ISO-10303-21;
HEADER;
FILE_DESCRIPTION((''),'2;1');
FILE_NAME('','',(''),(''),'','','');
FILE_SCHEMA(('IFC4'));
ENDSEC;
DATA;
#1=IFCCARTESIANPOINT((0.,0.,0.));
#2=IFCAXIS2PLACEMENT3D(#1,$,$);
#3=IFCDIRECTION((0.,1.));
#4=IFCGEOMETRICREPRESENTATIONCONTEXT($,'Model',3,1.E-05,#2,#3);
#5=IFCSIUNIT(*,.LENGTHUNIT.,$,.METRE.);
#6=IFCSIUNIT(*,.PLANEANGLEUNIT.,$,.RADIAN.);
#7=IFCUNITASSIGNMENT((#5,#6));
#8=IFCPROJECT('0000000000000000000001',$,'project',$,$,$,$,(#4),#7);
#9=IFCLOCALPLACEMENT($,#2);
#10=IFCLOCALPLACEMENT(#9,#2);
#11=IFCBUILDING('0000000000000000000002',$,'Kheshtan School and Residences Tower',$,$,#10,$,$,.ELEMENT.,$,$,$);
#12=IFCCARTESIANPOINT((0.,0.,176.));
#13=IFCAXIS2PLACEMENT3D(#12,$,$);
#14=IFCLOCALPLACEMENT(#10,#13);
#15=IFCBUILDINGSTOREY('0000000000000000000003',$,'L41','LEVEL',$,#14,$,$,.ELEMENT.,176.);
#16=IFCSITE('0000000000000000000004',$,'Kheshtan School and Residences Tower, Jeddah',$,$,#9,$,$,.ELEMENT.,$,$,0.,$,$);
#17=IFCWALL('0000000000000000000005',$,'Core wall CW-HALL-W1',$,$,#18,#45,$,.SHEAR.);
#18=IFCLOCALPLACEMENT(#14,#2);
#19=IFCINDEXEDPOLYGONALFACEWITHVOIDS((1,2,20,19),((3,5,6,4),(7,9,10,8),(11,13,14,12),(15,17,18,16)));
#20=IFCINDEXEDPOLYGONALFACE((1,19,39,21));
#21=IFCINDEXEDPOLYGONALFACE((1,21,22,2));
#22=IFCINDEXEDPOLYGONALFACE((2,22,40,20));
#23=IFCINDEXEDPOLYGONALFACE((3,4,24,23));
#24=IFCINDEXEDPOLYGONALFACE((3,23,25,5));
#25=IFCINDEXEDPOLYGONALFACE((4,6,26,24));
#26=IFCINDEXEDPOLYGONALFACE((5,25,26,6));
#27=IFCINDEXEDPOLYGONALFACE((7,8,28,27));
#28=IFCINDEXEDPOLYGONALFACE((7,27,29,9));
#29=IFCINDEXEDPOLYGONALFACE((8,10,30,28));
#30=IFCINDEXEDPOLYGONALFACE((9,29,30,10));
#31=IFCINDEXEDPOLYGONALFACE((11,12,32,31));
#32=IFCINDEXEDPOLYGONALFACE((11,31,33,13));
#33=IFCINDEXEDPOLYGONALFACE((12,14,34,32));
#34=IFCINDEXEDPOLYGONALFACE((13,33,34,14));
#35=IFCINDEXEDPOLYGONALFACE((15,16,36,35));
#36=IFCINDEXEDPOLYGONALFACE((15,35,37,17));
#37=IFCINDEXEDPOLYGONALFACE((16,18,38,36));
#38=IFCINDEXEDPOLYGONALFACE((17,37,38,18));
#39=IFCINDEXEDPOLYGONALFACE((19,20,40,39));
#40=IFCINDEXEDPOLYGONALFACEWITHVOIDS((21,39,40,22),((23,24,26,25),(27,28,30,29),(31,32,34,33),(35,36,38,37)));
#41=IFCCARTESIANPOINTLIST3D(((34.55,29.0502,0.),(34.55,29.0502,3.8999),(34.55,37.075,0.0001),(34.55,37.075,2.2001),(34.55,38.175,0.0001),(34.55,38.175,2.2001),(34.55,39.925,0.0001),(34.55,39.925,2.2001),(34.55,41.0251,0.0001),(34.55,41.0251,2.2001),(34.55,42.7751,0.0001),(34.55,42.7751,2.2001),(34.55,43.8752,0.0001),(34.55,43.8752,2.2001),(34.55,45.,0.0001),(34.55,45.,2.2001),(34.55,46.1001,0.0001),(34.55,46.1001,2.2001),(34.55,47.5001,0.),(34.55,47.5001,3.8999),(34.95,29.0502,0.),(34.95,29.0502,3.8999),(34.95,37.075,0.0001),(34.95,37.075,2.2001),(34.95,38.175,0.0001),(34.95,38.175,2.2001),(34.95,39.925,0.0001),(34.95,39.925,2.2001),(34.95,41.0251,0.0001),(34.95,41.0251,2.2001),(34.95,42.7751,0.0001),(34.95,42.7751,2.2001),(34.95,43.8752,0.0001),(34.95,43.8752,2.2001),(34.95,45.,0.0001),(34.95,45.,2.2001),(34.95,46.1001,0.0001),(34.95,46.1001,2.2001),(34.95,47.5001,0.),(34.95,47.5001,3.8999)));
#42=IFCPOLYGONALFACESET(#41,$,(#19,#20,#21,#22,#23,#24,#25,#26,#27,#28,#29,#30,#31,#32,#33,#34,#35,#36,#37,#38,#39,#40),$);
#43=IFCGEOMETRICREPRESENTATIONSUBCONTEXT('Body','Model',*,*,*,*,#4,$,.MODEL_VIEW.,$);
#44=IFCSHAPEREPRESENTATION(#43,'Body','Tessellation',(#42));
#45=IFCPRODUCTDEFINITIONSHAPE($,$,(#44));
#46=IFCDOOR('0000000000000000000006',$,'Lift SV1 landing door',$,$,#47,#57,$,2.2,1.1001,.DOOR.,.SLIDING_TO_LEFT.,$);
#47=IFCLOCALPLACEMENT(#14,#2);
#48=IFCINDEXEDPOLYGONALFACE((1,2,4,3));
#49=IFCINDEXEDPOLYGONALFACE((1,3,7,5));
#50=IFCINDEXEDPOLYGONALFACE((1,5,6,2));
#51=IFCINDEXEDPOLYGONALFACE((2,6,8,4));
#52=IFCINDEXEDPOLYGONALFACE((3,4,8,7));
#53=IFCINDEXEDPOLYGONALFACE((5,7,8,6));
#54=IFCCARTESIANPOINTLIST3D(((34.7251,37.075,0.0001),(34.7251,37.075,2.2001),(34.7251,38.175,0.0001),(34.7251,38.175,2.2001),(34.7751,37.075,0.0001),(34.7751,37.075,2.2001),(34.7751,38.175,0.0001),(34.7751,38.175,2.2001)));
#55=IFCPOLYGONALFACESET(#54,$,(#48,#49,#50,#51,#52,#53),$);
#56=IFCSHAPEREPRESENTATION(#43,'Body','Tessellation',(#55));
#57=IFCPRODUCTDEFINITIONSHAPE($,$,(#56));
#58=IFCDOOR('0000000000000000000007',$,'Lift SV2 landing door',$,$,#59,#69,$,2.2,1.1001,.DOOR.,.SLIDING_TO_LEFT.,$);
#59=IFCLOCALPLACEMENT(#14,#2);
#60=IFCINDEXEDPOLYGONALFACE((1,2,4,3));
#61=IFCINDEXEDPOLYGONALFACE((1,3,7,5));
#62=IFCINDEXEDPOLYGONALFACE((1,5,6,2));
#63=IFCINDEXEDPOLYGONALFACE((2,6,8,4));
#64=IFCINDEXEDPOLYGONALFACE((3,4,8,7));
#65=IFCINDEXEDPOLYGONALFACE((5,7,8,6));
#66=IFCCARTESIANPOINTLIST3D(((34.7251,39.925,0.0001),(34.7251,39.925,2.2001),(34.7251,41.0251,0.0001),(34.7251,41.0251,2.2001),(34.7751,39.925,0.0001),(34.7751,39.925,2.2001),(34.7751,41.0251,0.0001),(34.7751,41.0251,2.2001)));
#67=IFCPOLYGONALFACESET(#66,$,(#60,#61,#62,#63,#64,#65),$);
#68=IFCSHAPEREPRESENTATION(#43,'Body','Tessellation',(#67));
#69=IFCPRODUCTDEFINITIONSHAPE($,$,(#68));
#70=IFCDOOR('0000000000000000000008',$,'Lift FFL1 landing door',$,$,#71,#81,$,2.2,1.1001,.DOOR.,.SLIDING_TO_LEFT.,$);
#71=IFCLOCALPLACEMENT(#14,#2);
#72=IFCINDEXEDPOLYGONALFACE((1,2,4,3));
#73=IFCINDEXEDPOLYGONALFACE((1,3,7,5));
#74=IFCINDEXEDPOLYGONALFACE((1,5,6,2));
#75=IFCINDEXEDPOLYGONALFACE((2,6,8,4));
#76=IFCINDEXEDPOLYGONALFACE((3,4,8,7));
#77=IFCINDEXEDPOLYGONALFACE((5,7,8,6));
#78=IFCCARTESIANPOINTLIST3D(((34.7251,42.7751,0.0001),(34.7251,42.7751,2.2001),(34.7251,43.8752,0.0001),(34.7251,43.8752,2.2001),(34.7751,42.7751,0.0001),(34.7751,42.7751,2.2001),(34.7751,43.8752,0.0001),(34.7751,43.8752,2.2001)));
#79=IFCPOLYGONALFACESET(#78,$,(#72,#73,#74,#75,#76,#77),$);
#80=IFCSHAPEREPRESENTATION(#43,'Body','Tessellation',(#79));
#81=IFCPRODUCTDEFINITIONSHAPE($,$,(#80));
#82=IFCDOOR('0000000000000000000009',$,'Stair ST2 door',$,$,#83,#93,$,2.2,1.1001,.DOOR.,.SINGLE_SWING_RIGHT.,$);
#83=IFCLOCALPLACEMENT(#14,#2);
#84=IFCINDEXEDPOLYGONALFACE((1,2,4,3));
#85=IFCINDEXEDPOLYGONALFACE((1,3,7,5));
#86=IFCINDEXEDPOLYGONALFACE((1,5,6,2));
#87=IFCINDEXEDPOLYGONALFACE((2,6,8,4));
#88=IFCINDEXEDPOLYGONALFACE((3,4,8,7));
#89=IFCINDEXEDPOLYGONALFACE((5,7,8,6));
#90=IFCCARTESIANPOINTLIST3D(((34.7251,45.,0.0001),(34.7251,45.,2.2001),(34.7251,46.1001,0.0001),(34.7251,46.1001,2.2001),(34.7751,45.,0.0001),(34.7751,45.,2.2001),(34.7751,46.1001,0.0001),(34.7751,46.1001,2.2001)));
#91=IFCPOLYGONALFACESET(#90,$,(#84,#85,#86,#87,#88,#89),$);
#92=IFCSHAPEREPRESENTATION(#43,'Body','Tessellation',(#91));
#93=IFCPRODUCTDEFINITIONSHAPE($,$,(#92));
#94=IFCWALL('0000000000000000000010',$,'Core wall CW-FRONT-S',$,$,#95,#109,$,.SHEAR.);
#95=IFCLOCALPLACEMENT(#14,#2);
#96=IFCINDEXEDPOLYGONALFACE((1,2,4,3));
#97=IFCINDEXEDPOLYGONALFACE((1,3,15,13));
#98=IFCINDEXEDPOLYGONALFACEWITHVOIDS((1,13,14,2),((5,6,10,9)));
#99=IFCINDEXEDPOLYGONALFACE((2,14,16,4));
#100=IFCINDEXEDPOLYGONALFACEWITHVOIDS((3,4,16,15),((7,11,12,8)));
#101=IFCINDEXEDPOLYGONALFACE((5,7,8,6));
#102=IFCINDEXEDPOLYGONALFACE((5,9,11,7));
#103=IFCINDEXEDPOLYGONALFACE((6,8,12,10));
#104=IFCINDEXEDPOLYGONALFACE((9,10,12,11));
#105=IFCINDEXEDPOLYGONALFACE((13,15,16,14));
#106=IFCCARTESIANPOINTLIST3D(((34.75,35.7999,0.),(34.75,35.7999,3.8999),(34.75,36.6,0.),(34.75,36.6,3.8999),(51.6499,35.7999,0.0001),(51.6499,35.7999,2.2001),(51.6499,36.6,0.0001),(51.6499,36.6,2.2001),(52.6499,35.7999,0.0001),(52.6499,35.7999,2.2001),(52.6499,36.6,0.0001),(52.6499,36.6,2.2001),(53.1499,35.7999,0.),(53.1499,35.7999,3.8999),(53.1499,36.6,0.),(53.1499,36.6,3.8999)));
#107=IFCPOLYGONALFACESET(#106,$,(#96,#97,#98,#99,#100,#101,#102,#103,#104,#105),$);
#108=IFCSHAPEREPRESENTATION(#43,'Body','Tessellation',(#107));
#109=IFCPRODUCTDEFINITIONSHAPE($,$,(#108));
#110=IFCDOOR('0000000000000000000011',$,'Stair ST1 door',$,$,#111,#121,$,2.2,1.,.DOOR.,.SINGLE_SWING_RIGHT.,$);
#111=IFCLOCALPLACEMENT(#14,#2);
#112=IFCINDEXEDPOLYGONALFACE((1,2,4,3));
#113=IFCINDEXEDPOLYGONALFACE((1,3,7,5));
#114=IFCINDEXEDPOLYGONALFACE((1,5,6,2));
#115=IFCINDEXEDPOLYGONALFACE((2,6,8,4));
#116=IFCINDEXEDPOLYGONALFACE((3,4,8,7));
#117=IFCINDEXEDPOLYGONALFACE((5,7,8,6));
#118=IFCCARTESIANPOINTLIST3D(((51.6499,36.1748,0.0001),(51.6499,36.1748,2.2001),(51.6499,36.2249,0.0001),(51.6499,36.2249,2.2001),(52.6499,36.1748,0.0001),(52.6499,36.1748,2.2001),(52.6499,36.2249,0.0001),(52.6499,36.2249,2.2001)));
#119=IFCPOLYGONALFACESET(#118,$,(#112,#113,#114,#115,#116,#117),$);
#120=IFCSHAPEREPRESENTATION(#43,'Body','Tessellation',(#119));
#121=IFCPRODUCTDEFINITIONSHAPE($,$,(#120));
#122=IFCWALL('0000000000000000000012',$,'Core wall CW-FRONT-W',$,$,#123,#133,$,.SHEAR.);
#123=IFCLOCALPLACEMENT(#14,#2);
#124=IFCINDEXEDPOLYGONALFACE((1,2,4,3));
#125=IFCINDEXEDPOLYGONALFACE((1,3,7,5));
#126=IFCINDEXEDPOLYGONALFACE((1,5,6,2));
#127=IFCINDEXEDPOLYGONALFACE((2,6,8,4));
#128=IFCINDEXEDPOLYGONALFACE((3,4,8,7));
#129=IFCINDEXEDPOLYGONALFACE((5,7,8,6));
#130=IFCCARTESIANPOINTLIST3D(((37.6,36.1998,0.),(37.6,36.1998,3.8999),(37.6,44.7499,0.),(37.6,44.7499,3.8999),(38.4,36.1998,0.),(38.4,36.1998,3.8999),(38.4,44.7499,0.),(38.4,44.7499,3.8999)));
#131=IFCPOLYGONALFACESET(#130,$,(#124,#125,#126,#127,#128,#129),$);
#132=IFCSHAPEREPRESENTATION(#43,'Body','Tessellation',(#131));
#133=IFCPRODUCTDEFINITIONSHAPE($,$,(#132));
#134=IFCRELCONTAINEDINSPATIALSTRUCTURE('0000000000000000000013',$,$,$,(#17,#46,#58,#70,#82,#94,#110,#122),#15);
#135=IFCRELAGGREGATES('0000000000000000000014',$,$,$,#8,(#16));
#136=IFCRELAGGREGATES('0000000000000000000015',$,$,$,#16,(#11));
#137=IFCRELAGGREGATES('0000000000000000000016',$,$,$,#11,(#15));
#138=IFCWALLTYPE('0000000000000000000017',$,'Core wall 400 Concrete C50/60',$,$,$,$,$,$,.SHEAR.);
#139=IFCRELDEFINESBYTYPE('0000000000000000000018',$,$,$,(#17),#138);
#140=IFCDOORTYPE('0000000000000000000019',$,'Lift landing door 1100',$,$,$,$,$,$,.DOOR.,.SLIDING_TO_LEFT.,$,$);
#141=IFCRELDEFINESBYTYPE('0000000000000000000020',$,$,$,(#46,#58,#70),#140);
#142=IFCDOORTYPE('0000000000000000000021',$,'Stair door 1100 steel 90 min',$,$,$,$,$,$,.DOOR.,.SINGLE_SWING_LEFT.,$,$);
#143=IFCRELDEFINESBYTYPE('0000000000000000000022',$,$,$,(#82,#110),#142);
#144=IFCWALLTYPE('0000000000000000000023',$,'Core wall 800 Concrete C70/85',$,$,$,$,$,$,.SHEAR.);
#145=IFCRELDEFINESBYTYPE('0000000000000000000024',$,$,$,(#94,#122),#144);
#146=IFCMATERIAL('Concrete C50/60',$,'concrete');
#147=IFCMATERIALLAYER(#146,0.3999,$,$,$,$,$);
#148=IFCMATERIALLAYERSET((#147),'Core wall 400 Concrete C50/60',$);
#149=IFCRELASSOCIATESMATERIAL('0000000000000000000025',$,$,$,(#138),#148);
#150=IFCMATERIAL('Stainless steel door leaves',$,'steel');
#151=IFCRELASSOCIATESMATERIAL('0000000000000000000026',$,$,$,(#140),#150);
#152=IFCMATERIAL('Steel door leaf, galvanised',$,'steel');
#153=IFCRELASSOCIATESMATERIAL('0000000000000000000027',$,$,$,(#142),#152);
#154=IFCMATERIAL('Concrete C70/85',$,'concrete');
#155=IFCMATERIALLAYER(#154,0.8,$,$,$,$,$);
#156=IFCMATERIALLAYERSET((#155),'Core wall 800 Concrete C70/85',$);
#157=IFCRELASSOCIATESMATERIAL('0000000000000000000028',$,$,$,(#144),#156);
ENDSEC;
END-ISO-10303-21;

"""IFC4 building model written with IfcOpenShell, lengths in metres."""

from ifc_helpers import new_model, si_unit, direction, frame, frame_2d, origin, place, context, subcontext, project, spatial, rectangle, extrude, source, transform, mapped, material, layer, layer_set, type_object, element, fill, save


model = new_model("IFC4")

# Units and contexts
model_context = context("Model", 3, precision=1e-05, world=origin(), true_north=direction((0.0, 1.0)))
body_context = subcontext(model_context, "Body", "Model", "MODEL_VIEW")
ifc_project = project(units=[si_unit("LENGTHUNIT", "METRE"), si_unit("PLANEANGLEUNIT", "RADIAN")], contexts=[model_context])

# Site, building, storey
site_placement = place(None, origin())
site = spatial("IfcSite", under=ifc_project, at=site_placement, Name="Kheshtan School and Residences Tower, Jeddah", CompositionType="ELEMENT", RefElevation=0.0)
building_placement = place(site_placement, origin())
building = spatial("IfcBuilding", under=site, at=building_placement, Name="Kheshtan School and Residences Tower", CompositionType="ELEMENT")
storey_placement = place(building_placement, frame((0.0, 0.0, 176.0)))
storey = spatial("IfcBuildingStorey", under=building, at=storey_placement, Name="L41", Description="LEVEL", CompositionType="ELEMENT", Elevation=176.0)

# Shared definitions
ifc_material_1 = material(Name="Concrete C50/60", Category="concrete")
ifc_layer_1 = layer(ifc_material_1, 0.3999)
ifc_layer_set_1 = layer_set([ifc_layer_1], Name="Core wall 400 Concrete C50/60")
wall_type_1 = type_object("IfcWallType", Name="Core wall 400 Concrete C50/60", PredefinedType="SHEAR", material=ifc_layer_set_1)
ifc_material_2 = material(Name="Stainless steel door leaves", Category="steel")
door_type_1 = type_object("IfcDoorType", Name="Lift landing door 1100", OperationType="SLIDING_TO_LEFT", PredefinedType="DOOR", material=ifc_material_2)
shared_shape_1 = source(origin(), body_context, "Body", "SweptSolid", [
    extrude(rectangle(XDim=1.1001, YDim=2.2, at=frame_2d((0.55, 1.1001))), frame((0.0, 0.0249, 0.0), z_axis=(0.0, -1.0, 0.0), x_axis=(1.0, 0.0, 0.0)), (0.0, 0.0, 1.0), 0.05),
])

# Wall, openings, doors
wall_1_placement = place(storey_placement, frame((34.75, 29.05, 0.0), z_axis=(0.0, 0.0, 1.0), x_axis=(0.0, 1.0, 0.0)))
wall_1 = element("IfcWall", 1, at=wall_1_placement, inside=storey, type_object=wall_type_1, Name="Core wall CW-HALL-W1", PredefinedType="SHEAR", context=body_context, shape_type="SweptSolid", body=[
    extrude(rectangle(XDim=18.45, YDim=0.3999, at=frame_2d((9.2251, 0.0))), origin(), (0.0, 0.0, 1.0), 3.8999),
])
opening_1_placement = place(wall_1_placement, frame((8.0249, 0.0, 0.0)))
opening_1 = element("IfcOpeningElement", 2, at=opening_1_placement, cuts=wall_1, PredefinedType="OPENING", context=body_context, shape_type="SweptSolid", body=[
    extrude(rectangle(XDim=1.1001, YDim=2.2, at=frame_2d((0.55, 1.1001))), frame((0.0, 0.21, 0.0), z_axis=(0.0, -1.0, 0.0), x_axis=(1.0, 0.0, 0.0)), (0.0, 0.0, 1.0), 0.4199),
])
opening_2_placement = place(wall_1_placement, frame((10.875, 0.0, 0.0)))
opening_2 = element("IfcOpeningElement", 3, at=opening_2_placement, cuts=wall_1, PredefinedType="OPENING", context=body_context, shape_type="SweptSolid", body=[
    extrude(rectangle(XDim=1.1001, YDim=2.2, at=frame_2d((0.55, 1.1001))), frame((0.0, 0.21, 0.0), z_axis=(0.0, -1.0, 0.0), x_axis=(1.0, 0.0, 0.0)), (0.0, 0.0, 1.0), 0.4199),
])
opening_3_placement = place(wall_1_placement, frame((13.7251, 0.0, 0.0)))
opening_3 = element("IfcOpeningElement", 4, at=opening_3_placement, cuts=wall_1, PredefinedType="OPENING", context=body_context, shape_type="SweptSolid", body=[
    extrude(rectangle(XDim=1.1001, YDim=2.2, at=frame_2d((0.55, 1.1001))), frame((0.0, 0.21, 0.0), z_axis=(0.0, -1.0, 0.0), x_axis=(1.0, 0.0, 0.0)), (0.0, 0.0, 1.0), 0.4199),
])
opening_4_placement = place(wall_1_placement, frame((15.95, 0.0, 0.0)))
opening_4 = element("IfcOpeningElement", 5, at=opening_4_placement, cuts=wall_1, PredefinedType="OPENING", context=body_context, shape_type="SweptSolid", body=[
    extrude(rectangle(XDim=1.1001, YDim=2.2, at=frame_2d((0.55, 1.1001))), frame((0.0, 0.21, 0.0), z_axis=(0.0, -1.0, 0.0), x_axis=(1.0, 0.0, 0.0)), (0.0, 0.0, 1.0), 0.4199),
])
door_1_placement = place(opening_1_placement, origin())
door_1 = element("IfcDoor", 6, at=door_1_placement, inside=storey, type_object=door_type_1, Name="Lift SV1 landing door", OperationType="SLIDING_TO_LEFT", OverallHeight=2.2, OverallWidth=1.1001, PredefinedType="DOOR", context=body_context, shape_type="MappedRepresentation", body=[
    mapped(shared_shape_1, transform((0.0, 0.0, 0.0), x_axis=(1.0, 0.0, 0.0), y_axis=(0.0, 1.0, 0.0), z_axis=(0.0, 0.0, 1.0), scale=1.0)),
])
fill(opening_1, door_1)
door_2_placement = place(opening_2_placement, origin())
door_2 = element("IfcDoor", 7, at=door_2_placement, inside=storey, type_object=door_type_1, Name="Lift SV2 landing door", OperationType="SLIDING_TO_LEFT", OverallHeight=2.2, OverallWidth=1.1001, PredefinedType="DOOR", context=body_context, shape_type="MappedRepresentation", body=[
    mapped(shared_shape_1, transform((0.0, 0.0, 0.0), x_axis=(1.0, 0.0, 0.0), y_axis=(0.0, 1.0, 0.0), z_axis=(0.0, 0.0, 1.0), scale=1.0)),
])
fill(opening_2, door_2)
door_3_placement = place(opening_3_placement, origin())
door_3 = element("IfcDoor", 8, at=door_3_placement, inside=storey, type_object=door_type_1, Name="Lift FFL1 landing door", OperationType="SLIDING_TO_LEFT", OverallHeight=2.2, OverallWidth=1.1001, PredefinedType="DOOR", context=body_context, shape_type="MappedRepresentation", body=[
    mapped(shared_shape_1, transform((0.0, 0.0, 0.0), x_axis=(1.0, 0.0, 0.0), y_axis=(0.0, 1.0, 0.0), z_axis=(0.0, 0.0, 1.0), scale=1.0)),
])
fill(opening_3, door_3)
ifc_material_3 = material(Name="Steel door leaf, galvanised", Category="steel")
door_type_2 = type_object("IfcDoorType", Name="Stair door 1100 steel 90 min", OperationType="SINGLE_SWING_LEFT", PredefinedType="DOOR", material=ifc_material_3)
shared_shape_2 = source(origin(), body_context, "Body", "SweptSolid", [
    extrude(rectangle(XDim=1.1001, YDim=2.2, at=frame_2d((0.55, 1.1001))), frame((0.0, 0.0249, 0.0), z_axis=(0.0, -1.0, 0.0), x_axis=(1.0, 0.0, 0.0)), (0.0, 0.0, 1.0), 0.05),
])
door_4_placement = place(opening_4_placement, origin())
door_4 = element("IfcDoor", 9, at=door_4_placement, inside=storey, type_object=door_type_2, Name="Stair ST2 door", OperationType="SINGLE_SWING_RIGHT", OverallHeight=2.2, OverallWidth=1.1001, PredefinedType="DOOR", context=body_context, shape_type="MappedRepresentation", body=[
    mapped(shared_shape_2, transform((0.0, 0.0, 0.0), x_axis=(1.0, 0.0, 0.0), y_axis=(0.0, 1.0, 0.0), z_axis=(0.0, 0.0, 1.0), scale=1.0)),
])
fill(opening_4, door_4)

# Wall, opening, door
ifc_material_4 = material(Name="Concrete C70/85", Category="concrete")
ifc_layer_2 = layer(ifc_material_4, 0.8)
ifc_layer_set_2 = layer_set([ifc_layer_2], Name="Core wall 800 Concrete C70/85")
wall_type_2 = type_object("IfcWallType", Name="Core wall 800 Concrete C70/85", PredefinedType="SHEAR", material=ifc_layer_set_2)
wall_2_placement = place(storey_placement, frame((34.75, 36.2, 0.0), z_axis=(0.0, 0.0, 1.0), x_axis=(1.0, 0.0, 0.0)))
wall_2 = element("IfcWall", 10, at=wall_2_placement, inside=storey, type_object=wall_type_2, Name="Core wall CW-FRONT-S", PredefinedType="SHEAR", context=body_context, shape_type="SweptSolid", body=[
    extrude(rectangle(XDim=18.3999, YDim=0.8, at=frame_2d((9.2, 0.0))), origin(), (0.0, 0.0, 1.0), 3.8999),
])
opening_5_placement = place(wall_2_placement, frame((16.8999, 0.0, 0.0)))
opening_5 = element("IfcOpeningElement", 11, at=opening_5_placement, cuts=wall_2, PredefinedType="OPENING", context=body_context, shape_type="SweptSolid", body=[
    extrude(rectangle(XDim=1.0, YDim=2.2, at=frame_2d((0.5, 1.1001))), frame((0.0, 0.4102, 0.0), z_axis=(0.0, -1.0, 0.0), x_axis=(1.0, 0.0, 0.0)), (0.0, 0.0, 1.0), 0.8201),
])
shared_shape_3 = source(origin(), body_context, "Body", "SweptSolid", [
    extrude(rectangle(XDim=1.0, YDim=2.2, at=frame_2d((0.5, 1.1001))), frame((0.0, 0.0249, 0.0), z_axis=(0.0, -1.0, 0.0), x_axis=(1.0, 0.0, 0.0)), (0.0, 0.0, 1.0), 0.05),
])
door_5_placement = place(opening_5_placement, origin())
door_5 = element("IfcDoor", 12, at=door_5_placement, inside=storey, type_object=door_type_2, Name="Stair ST1 door", OperationType="SINGLE_SWING_RIGHT", OverallHeight=2.2, OverallWidth=1.0, PredefinedType="DOOR", context=body_context, shape_type="MappedRepresentation", body=[
    mapped(shared_shape_3, transform((0.0, 0.0, 0.0), x_axis=(1.0, 0.0, 0.0), y_axis=(0.0, 1.0, 0.0), z_axis=(0.0, 0.0, 1.0), scale=1.0)),
])
fill(opening_5, door_5)

# Wall
wall_3_placement = place(storey_placement, frame((38.0, 36.2, 0.0), z_axis=(0.0, 0.0, 1.0), x_axis=(0.0, 1.0, 0.0)))
element("IfcWall", 13, at=wall_3_placement, inside=storey, type_object=wall_type_2, Name="Core wall CW-FRONT-W", PredefinedType="SHEAR", context=body_context, shape_type="SweptSolid", body=[
    extrude(rectangle(XDim=8.55, YDim=0.8, at=frame_2d((4.2749, 0.0))), origin(), (0.0, 0.0, 1.0), 3.8999),
])

save(model, "model.ifc")
